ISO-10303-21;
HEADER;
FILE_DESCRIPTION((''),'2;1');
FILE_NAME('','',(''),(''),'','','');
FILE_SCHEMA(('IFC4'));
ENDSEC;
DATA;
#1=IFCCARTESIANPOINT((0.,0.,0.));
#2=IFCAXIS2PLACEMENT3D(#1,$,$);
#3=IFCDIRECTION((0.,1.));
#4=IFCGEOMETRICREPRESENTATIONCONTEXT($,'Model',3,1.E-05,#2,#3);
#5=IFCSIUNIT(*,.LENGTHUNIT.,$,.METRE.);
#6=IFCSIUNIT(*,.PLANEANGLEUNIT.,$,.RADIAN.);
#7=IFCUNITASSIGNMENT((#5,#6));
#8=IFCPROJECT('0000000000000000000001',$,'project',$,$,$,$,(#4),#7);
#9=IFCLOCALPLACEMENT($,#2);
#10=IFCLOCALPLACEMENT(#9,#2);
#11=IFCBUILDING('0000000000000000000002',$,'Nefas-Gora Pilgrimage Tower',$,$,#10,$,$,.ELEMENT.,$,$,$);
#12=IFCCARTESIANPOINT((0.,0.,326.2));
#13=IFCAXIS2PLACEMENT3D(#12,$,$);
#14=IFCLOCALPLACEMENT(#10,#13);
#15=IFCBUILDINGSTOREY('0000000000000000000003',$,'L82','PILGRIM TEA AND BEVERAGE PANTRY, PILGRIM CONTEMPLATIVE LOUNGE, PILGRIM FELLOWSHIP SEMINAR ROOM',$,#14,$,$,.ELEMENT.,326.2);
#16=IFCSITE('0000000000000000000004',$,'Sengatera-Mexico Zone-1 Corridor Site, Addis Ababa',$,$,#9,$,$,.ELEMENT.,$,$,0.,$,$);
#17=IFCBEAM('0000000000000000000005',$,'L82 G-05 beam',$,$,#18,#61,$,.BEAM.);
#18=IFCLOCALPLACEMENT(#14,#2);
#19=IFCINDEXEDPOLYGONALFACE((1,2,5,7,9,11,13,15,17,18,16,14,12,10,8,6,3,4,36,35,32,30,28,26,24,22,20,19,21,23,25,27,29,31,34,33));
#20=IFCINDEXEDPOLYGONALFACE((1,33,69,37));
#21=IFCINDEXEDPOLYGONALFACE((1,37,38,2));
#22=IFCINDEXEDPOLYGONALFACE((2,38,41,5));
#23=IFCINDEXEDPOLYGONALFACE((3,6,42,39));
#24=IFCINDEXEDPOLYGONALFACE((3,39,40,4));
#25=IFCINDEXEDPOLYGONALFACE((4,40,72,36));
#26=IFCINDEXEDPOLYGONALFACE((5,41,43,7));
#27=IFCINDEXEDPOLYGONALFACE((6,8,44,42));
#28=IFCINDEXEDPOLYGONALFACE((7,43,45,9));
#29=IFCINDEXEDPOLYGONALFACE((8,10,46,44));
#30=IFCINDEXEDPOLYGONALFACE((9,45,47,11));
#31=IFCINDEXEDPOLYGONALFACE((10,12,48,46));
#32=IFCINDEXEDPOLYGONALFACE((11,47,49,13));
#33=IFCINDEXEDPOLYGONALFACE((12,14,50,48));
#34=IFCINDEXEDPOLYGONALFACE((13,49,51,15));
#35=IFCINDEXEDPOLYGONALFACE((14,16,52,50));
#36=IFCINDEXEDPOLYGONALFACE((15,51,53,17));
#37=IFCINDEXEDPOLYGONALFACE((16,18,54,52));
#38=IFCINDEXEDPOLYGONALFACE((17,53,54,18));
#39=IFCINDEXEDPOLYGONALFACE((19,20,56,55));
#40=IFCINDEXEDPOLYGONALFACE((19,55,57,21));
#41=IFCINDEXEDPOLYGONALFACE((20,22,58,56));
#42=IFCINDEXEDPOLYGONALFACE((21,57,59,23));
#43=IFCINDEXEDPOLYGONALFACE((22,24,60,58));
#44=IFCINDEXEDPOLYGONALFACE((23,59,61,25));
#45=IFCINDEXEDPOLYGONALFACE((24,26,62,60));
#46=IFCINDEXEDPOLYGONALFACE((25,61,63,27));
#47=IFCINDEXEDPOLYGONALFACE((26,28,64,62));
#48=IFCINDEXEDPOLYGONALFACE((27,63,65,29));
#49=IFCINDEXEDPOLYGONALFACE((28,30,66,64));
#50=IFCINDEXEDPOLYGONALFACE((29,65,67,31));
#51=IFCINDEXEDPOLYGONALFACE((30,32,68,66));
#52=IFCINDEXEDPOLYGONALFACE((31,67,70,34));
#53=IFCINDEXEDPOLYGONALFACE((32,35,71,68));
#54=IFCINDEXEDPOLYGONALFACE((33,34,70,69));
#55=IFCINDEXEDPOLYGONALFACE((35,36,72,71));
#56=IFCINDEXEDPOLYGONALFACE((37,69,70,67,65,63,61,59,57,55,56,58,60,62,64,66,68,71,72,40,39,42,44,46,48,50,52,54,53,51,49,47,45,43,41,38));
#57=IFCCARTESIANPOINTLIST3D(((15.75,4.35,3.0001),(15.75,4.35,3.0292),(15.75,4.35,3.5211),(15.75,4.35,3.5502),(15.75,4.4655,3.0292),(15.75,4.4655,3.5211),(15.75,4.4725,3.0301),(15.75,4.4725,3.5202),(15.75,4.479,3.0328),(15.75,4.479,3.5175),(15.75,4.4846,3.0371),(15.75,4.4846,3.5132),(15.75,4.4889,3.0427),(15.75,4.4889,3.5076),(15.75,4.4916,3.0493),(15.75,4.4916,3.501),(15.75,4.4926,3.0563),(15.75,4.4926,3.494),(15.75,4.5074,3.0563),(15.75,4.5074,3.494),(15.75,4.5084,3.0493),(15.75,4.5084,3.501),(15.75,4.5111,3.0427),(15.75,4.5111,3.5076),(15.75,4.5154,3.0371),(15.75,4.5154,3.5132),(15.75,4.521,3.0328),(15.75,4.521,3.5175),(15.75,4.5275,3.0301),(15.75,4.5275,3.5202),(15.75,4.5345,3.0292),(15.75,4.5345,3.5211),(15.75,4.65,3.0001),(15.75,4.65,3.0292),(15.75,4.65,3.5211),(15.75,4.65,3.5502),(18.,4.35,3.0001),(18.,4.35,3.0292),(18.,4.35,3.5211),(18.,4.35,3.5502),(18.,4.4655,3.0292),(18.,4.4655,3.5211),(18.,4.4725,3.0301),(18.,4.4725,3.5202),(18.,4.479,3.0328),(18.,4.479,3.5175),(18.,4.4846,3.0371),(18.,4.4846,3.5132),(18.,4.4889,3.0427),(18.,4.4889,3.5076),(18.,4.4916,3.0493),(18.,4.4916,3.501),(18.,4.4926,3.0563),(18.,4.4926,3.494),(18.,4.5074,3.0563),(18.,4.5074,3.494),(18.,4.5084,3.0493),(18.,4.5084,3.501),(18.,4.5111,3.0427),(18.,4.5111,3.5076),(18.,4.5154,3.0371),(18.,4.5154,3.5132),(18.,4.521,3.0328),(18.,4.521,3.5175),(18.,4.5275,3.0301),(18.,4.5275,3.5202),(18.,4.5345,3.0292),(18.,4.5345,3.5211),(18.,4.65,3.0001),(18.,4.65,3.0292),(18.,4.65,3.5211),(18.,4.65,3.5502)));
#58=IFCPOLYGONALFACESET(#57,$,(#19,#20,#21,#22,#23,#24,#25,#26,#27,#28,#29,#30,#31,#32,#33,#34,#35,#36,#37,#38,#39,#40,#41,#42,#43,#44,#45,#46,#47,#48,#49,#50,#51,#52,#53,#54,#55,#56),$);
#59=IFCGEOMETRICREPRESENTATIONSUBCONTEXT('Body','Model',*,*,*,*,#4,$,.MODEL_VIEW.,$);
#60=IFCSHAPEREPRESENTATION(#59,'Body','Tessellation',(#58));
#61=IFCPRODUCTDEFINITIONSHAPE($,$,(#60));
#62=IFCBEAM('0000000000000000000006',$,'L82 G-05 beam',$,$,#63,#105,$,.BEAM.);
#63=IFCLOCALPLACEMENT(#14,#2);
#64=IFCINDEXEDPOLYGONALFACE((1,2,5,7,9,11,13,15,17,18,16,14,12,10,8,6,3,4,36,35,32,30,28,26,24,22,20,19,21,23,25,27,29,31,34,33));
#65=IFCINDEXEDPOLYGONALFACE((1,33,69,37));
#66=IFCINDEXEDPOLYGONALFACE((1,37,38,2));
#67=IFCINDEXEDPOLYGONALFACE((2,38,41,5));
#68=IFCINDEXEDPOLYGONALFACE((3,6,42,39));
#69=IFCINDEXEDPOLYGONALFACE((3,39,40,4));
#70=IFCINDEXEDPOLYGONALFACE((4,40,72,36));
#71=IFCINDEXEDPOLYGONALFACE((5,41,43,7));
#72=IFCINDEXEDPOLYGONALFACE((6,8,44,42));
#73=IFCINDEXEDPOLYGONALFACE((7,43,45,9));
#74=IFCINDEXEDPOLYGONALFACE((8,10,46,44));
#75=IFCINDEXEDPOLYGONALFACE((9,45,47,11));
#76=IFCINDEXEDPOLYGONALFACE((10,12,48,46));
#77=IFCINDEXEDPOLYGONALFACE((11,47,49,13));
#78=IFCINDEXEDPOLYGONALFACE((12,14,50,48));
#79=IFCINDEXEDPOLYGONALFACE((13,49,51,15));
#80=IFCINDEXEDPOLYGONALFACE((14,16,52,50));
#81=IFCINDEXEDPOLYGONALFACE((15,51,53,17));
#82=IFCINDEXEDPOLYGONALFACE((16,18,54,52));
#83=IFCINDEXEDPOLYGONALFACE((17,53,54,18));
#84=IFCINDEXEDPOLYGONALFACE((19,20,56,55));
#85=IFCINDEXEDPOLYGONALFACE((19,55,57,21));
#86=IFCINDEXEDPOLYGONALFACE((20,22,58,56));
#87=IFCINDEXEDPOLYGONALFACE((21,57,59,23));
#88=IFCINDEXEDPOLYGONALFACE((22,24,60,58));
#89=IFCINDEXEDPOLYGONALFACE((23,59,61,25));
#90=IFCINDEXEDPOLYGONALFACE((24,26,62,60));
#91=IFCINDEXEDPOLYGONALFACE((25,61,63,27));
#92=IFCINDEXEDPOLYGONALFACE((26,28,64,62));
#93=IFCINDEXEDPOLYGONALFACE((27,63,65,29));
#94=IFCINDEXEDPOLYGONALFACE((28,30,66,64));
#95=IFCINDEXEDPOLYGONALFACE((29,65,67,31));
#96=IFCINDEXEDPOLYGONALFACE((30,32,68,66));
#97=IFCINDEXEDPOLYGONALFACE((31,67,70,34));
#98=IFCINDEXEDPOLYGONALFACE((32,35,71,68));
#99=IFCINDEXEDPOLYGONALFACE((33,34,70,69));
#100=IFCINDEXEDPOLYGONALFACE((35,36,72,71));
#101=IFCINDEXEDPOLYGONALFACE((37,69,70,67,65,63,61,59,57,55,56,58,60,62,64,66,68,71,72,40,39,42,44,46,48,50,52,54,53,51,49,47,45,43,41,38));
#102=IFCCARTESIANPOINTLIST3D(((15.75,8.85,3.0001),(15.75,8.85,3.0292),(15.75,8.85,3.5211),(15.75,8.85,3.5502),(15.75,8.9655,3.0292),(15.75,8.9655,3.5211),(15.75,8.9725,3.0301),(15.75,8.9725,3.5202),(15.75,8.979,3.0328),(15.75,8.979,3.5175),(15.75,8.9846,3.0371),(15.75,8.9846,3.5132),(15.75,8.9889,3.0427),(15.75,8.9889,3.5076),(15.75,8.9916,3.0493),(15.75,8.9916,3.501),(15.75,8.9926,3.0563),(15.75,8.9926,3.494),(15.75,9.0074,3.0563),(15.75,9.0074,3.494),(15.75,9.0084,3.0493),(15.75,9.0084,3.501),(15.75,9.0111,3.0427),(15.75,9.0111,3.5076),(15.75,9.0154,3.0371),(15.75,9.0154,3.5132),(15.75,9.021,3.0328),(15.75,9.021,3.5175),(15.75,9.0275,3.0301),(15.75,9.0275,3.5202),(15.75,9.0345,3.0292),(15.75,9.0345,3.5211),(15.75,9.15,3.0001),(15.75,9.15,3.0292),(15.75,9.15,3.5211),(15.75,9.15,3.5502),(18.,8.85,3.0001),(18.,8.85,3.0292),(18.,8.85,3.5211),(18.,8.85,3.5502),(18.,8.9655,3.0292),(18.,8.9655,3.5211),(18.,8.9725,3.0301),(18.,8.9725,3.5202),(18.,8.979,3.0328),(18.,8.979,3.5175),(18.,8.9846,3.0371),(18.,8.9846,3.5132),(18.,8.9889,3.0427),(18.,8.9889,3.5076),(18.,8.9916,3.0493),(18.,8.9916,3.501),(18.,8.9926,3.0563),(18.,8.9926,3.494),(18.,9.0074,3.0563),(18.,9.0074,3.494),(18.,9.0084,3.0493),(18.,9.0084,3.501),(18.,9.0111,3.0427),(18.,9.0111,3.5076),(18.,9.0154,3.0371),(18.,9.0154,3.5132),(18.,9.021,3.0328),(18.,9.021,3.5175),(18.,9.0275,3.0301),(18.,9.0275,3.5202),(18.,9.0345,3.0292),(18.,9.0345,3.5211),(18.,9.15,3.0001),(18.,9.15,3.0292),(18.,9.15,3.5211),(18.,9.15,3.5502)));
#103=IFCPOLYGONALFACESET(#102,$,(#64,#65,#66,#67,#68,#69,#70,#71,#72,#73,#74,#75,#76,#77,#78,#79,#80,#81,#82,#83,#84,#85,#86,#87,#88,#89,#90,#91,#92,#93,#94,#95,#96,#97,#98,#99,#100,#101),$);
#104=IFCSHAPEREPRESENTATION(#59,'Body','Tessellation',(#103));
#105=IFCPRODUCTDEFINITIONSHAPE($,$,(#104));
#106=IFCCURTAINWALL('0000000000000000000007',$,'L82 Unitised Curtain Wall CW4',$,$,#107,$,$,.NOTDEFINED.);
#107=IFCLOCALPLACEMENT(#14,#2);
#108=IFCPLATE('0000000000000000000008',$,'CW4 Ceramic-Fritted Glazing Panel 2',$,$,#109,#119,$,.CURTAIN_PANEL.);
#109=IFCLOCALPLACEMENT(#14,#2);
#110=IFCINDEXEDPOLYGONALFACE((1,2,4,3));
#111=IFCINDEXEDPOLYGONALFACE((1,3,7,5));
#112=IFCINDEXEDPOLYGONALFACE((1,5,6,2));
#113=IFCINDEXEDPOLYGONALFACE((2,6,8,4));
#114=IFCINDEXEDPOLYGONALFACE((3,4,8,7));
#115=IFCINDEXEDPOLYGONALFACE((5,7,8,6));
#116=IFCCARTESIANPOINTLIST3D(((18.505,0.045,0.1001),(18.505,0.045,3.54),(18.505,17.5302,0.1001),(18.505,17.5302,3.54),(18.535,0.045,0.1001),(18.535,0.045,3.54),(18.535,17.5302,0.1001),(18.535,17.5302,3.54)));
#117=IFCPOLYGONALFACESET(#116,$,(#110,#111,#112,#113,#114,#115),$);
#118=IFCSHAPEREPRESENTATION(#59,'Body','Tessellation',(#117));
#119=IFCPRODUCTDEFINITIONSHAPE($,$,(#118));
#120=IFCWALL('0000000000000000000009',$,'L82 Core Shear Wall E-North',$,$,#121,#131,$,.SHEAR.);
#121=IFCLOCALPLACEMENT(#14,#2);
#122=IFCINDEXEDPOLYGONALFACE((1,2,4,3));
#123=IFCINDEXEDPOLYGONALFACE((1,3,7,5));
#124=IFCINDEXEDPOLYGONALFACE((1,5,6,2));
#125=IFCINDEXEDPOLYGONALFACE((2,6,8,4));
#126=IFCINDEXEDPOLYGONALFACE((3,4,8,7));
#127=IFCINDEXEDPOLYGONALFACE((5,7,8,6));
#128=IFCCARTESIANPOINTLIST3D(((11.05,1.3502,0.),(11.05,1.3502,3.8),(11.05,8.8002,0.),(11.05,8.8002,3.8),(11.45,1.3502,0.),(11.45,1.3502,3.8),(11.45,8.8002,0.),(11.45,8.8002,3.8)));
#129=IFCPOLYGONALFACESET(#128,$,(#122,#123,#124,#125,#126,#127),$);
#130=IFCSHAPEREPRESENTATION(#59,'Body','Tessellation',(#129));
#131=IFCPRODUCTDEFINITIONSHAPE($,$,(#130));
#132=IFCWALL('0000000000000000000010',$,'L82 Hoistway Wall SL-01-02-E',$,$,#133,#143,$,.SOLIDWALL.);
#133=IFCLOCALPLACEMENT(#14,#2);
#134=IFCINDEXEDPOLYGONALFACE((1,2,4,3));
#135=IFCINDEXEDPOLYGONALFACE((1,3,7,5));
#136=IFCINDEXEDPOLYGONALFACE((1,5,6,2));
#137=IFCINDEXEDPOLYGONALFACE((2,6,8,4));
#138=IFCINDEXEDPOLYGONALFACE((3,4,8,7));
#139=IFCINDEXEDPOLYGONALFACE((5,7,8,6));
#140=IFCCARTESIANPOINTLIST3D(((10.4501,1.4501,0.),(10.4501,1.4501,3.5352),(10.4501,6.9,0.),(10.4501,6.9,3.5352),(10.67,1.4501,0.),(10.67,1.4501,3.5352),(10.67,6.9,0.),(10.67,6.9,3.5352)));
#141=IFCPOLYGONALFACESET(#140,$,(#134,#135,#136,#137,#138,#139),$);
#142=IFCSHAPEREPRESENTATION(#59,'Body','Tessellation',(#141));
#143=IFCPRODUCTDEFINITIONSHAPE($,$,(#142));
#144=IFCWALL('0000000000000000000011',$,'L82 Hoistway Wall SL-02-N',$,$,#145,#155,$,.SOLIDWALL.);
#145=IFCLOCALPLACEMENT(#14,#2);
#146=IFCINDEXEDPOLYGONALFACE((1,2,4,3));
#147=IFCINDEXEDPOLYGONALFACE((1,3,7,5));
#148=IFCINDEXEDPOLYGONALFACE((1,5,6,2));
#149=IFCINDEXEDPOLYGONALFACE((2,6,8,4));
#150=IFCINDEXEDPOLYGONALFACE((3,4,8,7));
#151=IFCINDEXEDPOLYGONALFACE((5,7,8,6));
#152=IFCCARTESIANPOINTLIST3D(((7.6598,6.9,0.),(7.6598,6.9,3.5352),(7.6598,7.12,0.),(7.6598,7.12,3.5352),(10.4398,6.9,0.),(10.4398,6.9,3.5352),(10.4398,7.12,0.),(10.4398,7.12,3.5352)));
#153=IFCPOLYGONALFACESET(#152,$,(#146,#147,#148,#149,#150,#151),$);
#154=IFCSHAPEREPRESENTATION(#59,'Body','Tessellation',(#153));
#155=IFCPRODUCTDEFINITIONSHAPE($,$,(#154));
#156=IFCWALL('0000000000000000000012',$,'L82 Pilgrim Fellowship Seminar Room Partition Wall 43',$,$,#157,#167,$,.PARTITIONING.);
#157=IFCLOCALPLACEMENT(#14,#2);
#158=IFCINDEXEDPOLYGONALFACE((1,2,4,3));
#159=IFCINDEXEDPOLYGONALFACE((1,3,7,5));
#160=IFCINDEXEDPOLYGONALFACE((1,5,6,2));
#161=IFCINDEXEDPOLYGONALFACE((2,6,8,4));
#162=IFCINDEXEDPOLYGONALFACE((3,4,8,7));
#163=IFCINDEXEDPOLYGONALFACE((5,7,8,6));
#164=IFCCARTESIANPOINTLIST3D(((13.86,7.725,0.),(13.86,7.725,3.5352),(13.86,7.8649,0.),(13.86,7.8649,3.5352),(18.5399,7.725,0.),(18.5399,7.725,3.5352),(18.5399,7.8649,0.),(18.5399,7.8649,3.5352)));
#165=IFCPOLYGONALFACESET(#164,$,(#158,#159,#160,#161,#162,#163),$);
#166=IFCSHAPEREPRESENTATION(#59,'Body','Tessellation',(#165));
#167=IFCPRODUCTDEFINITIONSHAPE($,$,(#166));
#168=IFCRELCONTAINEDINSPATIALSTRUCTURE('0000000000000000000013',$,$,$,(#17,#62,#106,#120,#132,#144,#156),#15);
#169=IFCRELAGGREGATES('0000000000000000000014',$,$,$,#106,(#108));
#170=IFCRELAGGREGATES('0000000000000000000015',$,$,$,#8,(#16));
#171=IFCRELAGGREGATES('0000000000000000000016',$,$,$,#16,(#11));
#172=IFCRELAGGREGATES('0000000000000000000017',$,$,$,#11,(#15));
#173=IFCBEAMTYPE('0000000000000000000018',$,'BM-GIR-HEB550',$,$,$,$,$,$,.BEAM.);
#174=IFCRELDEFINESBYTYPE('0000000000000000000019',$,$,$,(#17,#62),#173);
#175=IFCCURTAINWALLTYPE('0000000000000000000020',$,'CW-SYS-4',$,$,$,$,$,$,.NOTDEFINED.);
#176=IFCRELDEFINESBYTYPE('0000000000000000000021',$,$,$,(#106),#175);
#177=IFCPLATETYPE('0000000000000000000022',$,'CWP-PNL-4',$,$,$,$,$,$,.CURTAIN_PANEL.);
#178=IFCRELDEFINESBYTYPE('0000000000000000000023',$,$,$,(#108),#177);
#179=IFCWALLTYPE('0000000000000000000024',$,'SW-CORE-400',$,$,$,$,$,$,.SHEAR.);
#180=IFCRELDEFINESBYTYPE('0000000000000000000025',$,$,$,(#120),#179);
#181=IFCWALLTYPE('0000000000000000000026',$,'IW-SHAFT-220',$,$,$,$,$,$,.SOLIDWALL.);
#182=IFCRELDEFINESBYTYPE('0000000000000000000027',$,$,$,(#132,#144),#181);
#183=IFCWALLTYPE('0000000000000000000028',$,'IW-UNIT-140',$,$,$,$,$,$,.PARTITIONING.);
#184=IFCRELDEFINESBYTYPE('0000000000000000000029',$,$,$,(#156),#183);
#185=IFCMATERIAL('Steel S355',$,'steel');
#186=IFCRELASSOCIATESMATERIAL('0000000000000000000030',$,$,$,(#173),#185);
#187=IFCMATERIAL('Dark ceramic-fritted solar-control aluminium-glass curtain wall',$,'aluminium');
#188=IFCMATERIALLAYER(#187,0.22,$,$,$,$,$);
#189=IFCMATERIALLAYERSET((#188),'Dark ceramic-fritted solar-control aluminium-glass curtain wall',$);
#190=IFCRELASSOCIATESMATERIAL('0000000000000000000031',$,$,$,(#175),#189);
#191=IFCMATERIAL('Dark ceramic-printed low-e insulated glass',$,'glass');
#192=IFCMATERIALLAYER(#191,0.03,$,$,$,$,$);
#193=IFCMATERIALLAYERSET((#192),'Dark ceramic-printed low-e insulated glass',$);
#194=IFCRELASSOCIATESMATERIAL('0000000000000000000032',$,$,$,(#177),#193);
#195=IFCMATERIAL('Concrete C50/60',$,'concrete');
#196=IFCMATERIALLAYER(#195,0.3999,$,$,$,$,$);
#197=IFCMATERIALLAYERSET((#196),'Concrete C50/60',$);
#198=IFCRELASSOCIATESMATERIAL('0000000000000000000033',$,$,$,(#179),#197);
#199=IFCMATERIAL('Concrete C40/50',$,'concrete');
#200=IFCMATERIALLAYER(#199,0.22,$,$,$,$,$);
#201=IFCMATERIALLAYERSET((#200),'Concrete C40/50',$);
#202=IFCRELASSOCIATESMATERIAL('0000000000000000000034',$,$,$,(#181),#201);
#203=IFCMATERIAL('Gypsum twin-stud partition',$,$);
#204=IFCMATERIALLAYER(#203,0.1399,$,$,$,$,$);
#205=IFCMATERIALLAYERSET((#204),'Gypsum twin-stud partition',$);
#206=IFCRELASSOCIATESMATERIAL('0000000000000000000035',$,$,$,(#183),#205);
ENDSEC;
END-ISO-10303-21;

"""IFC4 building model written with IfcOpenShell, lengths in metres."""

from ifc_helpers import new_model, si_unit, direction, frame, frame_2d, origin, origin_2d, place, context, subcontext, project, spatial, rectangle, i_section, extrude, source, transform, mapped, material, layer, layer_set, material_profile, profile_set, type_object, element, aggregate, save


model = new_model("IFC4")

# Units and contexts
model_context = context("Model", 3, precision=1e-05, world=origin(), true_north=direction((0.0, 1.0)))
body_context = subcontext(model_context, "Body", "Model", "MODEL_VIEW")
ifc_project = project(units=[si_unit("LENGTHUNIT", "METRE"), si_unit("PLANEANGLEUNIT", "RADIAN")], contexts=[model_context])

# Site, building, storey
site_placement = place(None, origin())
site = spatial("IfcSite", under=ifc_project, at=site_placement, Name="Sengatera-Mexico Zone-1 Corridor Site, Addis Ababa", CompositionType="ELEMENT", RefElevation=0.0)
building_placement = place(site_placement, origin())
building = spatial("IfcBuilding", under=site, at=building_placement, Name="Nefas-Gora Pilgrimage Tower", CompositionType="ELEMENT")
storey_placement = place(building_placement, frame((0.0, 0.0, 326.2)))
storey = spatial("IfcBuildingStorey", under=building, at=storey_placement, Name="L82", Description="PILGRIM TEA AND BEVERAGE PANTRY, PILGRIM CONTEMPLATIVE LOUNGE, PILGRIM FELLOWSHIP SEMINAR ROOM", CompositionType="ELEMENT", Elevation=326.2)

# Shared definitions
ifc_material_1 = material(Name="Steel S355", Category="steel")
ifc_material_2 = material(Name="Concrete C50/60", Category="concrete")

# Beams
ifc_material_profile_1 = material_profile(ifc_material_1, i_section(OverallWidth=0.3, OverallDepth=0.55, WebThickness=0.0149, FlangeThickness=0.0291, FilletRadius=0.0271, at=origin_2d()), Name="HEB 550")
ifc_profile_set_1 = profile_set([ifc_material_profile_1], Name="Steel S355")
beam_type_1 = type_object("IfcBeamType", Name="BM-GIR-HEB550", PredefinedType="BEAM", material=ifc_profile_set_1)
shared_shape_1 = source(origin(), body_context, "Body", "SweptSolid", [
    extrude(i_section(OverallWidth=0.3, OverallDepth=0.55, WebThickness=0.0149, FlangeThickness=0.0291, FilletRadius=0.0271, at=origin_2d()), origin(), (0.0, 0.0, 1.0), 2.25),
])
for number, where, z_axis, x_axis, name in (
    (1, (15.75, 4.5, 3.2751), (1.0, 0.0, 0.0), (0.0, 1.0, 0.0), "L82 G-05 beam"),
    (2, (15.75, 9.0, 3.2751), (1.0, 0.0, 0.0), (0.0, 1.0, 0.0), "L82 G-05 beam"),
):
    element("IfcBeam", number, at=place(storey_placement, frame(where, z_axis=z_axis, x_axis=x_axis)), inside=storey, type_object=beam_type_1, Name=name, PredefinedType="BEAM", context=body_context, shape_type="MappedRepresentation", body=[
        mapped(shared_shape_1, transform((0.0, 0.0, 0.0), x_axis=(1.0, 0.0, 0.0), y_axis=(0.0, 1.0, 0.0), z_axis=(0.0, 0.0, 1.0), scale=1.0)),
    ])

# Curtain wall, plate
ifc_material_3 = material(Name="Dark ceramic-fritted solar-control aluminium-glass curtain wall", Category="aluminium")
ifc_layer_1 = layer(ifc_material_3, 0.22)
ifc_layer_set_1 = layer_set([ifc_layer_1], Name="Dark ceramic-fritted solar-control aluminium-glass curtain wall")
curtain_wall_type = type_object("IfcCurtainWallType", Name="CW-SYS-4", PredefinedType="NOTDEFINED", material=ifc_layer_set_1)
curtain_wall_placement = place(storey_placement, origin())
curtain_wall = element("IfcCurtainWall", 3, at=curtain_wall_placement, inside=storey, type_object=curtain_wall_type, Name="L82 Unitised Curtain Wall CW4", PredefinedType="NOTDEFINED")
ifc_material_4 = material(Name="Dark ceramic-printed low-e insulated glass", Category="glass")
ifc_layer_2 = layer(ifc_material_4, 0.03)
ifc_layer_set_2 = layer_set([ifc_layer_2], Name="Dark ceramic-printed low-e insulated glass")
plate_type = type_object("IfcPlateType", Name="CWP-PNL-4", PredefinedType="CURTAIN_PANEL", material=ifc_layer_set_2)
shared_shape_2 = source(origin(), body_context, "Body", "SweptSolid", [
    extrude(rectangle(XDim=17.4851, YDim=0.03, at=origin_2d()), origin(), (0.0, 0.0, 1.0), 3.4399),
])
plate_placement = place(storey_placement, frame((18.52, 8.7876, 0.1001), z_axis=(0.0, 0.0, 1.0), x_axis=(0.0, 1.0, 0.0)))
plate = element("IfcPlate", 4, at=plate_placement, type_object=plate_type, Name="CW4 Ceramic-Fritted Glazing Panel 2", PredefinedType="CURTAIN_PANEL", context=body_context, shape_type="MappedRepresentation", body=[
    mapped(shared_shape_2, transform((0.0, 0.0, 0.0), x_axis=(1.0, 0.0, 0.0), y_axis=(0.0, 1.0, 0.0), z_axis=(0.0, 0.0, 1.0), scale=1.0)),
])
aggregate(curtain_wall, [plate])

# Walls
ifc_layer_3 = layer(ifc_material_2, 0.3999)
ifc_layer_set_3 = layer_set([ifc_layer_3], Name="Concrete C50/60")
wall_type_1 = type_object("IfcWallType", Name="SW-CORE-400", PredefinedType="SHEAR", material=ifc_layer_set_3)
shared_shape_3 = source(origin(), body_context, "Body", "SweptSolid", [
    extrude(rectangle(XDim=7.45, YDim=0.3999, at=frame_2d((3.7251, 0.0))), origin(), (0.0, 0.0, 1.0), 3.8),
])
wall_1_placement = place(storey_placement, frame((11.25, 1.3501, 0.0), z_axis=(0.0, 0.0, 1.0), x_axis=(0.0, 1.0, 0.0)))
element("IfcWall", 5, at=wall_1_placement, inside=storey, type_object=wall_type_1, Name="L82 Core Shear Wall E-North", PredefinedType="SHEAR", context=body_context, shape_type="MappedRepresentation", body=[
    mapped(shared_shape_3, transform((0.0, 0.0, 0.0), x_axis=(1.0, 0.0, 0.0), y_axis=(0.0, 1.0, 0.0), z_axis=(0.0, 0.0, 1.0), scale=1.0)),
])
ifc_material_5 = material(Name="Concrete C40/50", Category="concrete")
ifc_layer_4 = layer(ifc_material_5, 0.22)
ifc_layer_set_4 = layer_set([ifc_layer_4], Name="Concrete C40/50")
wall_type_2 = type_object("IfcWallType", Name="IW-SHAFT-220", PredefinedType="SOLIDWALL", material=ifc_layer_set_4)
shared_shape_4 = source(origin(), body_context, "Body", "SweptSolid", [
    extrude(rectangle(XDim=5.45, YDim=0.22, at=frame_2d((2.7251, 0.0))), origin(), (0.0, 0.0, 1.0), 3.5352),
])
wall_2_placement = place(storey_placement, frame((10.5601, 1.45, 0.0), z_axis=(0.0, 0.0, 1.0), x_axis=(0.0, 1.0, 0.0)))
element("IfcWall", 6, at=wall_2_placement, inside=storey, type_object=wall_type_2, Name="L82 Hoistway Wall SL-01-02-E", PredefinedType="SOLIDWALL", context=body_context, shape_type="MappedRepresentation", body=[
    mapped(shared_shape_4, transform((0.0, 0.0, 0.0), x_axis=(1.0, 0.0, 0.0), y_axis=(0.0, 1.0, 0.0), z_axis=(0.0, 0.0, 1.0), scale=1.0)),
])
shared_shape_5 = source(origin(), body_context, "Body", "SweptSolid", [
    extrude(rectangle(XDim=2.78, YDim=0.22, at=frame_2d((1.3901, 0.0))), origin(), (0.0, 0.0, 1.0), 3.5352),
])
wall_3_placement = place(storey_placement, frame((10.4399, 7.01, 0.0), z_axis=(0.0, 0.0, 1.0), x_axis=(-1.0, 0.0, 0.0)))
element("IfcWall", 7, at=wall_3_placement, inside=storey, type_object=wall_type_2, Name="L82 Hoistway Wall SL-02-N", PredefinedType="SOLIDWALL", context=body_context, shape_type="MappedRepresentation", body=[
    mapped(shared_shape_5, transform((0.0, 0.0, 0.0), x_axis=(1.0, 0.0, 0.0), y_axis=(0.0, 1.0, 0.0), z_axis=(0.0, 0.0, 1.0), scale=1.0)),
])
ifc_material_6 = material(Name="Gypsum twin-stud partition")
ifc_layer_5 = layer(ifc_material_6, 0.1399)
ifc_layer_set_5 = layer_set([ifc_layer_5], Name="Gypsum twin-stud partition")
wall_type_3 = type_object("IfcWallType", Name="IW-UNIT-140", PredefinedType="PARTITIONING", material=ifc_layer_set_5)
shared_shape_6 = source(origin(), body_context, "Body", "SweptSolid", [
    extrude(rectangle(XDim=4.6799, YDim=0.1399, at=frame_2d((2.3398, 0.0))), origin(), (0.0, 0.0, 1.0), 3.5352),
])
wall_4_placement = place(storey_placement, frame((13.8601, 7.7949, 0.0), z_axis=(0.0, 0.0, 1.0), x_axis=(1.0, 0.0, 0.0)))
element("IfcWall", 8, at=wall_4_placement, inside=storey, type_object=wall_type_3, Name="L82 Pilgrim Fellowship Seminar Room Partition Wall 43", PredefinedType="PARTITIONING", context=body_context, shape_type="MappedRepresentation", body=[
    mapped(shared_shape_6, transform((0.0, 0.0, 0.0), x_axis=(1.0, 0.0, 0.0), y_axis=(0.0, 1.0, 0.0), z_axis=(0.0, 0.0, 1.0), scale=1.0)),
])

save(model, "model.ifc")
